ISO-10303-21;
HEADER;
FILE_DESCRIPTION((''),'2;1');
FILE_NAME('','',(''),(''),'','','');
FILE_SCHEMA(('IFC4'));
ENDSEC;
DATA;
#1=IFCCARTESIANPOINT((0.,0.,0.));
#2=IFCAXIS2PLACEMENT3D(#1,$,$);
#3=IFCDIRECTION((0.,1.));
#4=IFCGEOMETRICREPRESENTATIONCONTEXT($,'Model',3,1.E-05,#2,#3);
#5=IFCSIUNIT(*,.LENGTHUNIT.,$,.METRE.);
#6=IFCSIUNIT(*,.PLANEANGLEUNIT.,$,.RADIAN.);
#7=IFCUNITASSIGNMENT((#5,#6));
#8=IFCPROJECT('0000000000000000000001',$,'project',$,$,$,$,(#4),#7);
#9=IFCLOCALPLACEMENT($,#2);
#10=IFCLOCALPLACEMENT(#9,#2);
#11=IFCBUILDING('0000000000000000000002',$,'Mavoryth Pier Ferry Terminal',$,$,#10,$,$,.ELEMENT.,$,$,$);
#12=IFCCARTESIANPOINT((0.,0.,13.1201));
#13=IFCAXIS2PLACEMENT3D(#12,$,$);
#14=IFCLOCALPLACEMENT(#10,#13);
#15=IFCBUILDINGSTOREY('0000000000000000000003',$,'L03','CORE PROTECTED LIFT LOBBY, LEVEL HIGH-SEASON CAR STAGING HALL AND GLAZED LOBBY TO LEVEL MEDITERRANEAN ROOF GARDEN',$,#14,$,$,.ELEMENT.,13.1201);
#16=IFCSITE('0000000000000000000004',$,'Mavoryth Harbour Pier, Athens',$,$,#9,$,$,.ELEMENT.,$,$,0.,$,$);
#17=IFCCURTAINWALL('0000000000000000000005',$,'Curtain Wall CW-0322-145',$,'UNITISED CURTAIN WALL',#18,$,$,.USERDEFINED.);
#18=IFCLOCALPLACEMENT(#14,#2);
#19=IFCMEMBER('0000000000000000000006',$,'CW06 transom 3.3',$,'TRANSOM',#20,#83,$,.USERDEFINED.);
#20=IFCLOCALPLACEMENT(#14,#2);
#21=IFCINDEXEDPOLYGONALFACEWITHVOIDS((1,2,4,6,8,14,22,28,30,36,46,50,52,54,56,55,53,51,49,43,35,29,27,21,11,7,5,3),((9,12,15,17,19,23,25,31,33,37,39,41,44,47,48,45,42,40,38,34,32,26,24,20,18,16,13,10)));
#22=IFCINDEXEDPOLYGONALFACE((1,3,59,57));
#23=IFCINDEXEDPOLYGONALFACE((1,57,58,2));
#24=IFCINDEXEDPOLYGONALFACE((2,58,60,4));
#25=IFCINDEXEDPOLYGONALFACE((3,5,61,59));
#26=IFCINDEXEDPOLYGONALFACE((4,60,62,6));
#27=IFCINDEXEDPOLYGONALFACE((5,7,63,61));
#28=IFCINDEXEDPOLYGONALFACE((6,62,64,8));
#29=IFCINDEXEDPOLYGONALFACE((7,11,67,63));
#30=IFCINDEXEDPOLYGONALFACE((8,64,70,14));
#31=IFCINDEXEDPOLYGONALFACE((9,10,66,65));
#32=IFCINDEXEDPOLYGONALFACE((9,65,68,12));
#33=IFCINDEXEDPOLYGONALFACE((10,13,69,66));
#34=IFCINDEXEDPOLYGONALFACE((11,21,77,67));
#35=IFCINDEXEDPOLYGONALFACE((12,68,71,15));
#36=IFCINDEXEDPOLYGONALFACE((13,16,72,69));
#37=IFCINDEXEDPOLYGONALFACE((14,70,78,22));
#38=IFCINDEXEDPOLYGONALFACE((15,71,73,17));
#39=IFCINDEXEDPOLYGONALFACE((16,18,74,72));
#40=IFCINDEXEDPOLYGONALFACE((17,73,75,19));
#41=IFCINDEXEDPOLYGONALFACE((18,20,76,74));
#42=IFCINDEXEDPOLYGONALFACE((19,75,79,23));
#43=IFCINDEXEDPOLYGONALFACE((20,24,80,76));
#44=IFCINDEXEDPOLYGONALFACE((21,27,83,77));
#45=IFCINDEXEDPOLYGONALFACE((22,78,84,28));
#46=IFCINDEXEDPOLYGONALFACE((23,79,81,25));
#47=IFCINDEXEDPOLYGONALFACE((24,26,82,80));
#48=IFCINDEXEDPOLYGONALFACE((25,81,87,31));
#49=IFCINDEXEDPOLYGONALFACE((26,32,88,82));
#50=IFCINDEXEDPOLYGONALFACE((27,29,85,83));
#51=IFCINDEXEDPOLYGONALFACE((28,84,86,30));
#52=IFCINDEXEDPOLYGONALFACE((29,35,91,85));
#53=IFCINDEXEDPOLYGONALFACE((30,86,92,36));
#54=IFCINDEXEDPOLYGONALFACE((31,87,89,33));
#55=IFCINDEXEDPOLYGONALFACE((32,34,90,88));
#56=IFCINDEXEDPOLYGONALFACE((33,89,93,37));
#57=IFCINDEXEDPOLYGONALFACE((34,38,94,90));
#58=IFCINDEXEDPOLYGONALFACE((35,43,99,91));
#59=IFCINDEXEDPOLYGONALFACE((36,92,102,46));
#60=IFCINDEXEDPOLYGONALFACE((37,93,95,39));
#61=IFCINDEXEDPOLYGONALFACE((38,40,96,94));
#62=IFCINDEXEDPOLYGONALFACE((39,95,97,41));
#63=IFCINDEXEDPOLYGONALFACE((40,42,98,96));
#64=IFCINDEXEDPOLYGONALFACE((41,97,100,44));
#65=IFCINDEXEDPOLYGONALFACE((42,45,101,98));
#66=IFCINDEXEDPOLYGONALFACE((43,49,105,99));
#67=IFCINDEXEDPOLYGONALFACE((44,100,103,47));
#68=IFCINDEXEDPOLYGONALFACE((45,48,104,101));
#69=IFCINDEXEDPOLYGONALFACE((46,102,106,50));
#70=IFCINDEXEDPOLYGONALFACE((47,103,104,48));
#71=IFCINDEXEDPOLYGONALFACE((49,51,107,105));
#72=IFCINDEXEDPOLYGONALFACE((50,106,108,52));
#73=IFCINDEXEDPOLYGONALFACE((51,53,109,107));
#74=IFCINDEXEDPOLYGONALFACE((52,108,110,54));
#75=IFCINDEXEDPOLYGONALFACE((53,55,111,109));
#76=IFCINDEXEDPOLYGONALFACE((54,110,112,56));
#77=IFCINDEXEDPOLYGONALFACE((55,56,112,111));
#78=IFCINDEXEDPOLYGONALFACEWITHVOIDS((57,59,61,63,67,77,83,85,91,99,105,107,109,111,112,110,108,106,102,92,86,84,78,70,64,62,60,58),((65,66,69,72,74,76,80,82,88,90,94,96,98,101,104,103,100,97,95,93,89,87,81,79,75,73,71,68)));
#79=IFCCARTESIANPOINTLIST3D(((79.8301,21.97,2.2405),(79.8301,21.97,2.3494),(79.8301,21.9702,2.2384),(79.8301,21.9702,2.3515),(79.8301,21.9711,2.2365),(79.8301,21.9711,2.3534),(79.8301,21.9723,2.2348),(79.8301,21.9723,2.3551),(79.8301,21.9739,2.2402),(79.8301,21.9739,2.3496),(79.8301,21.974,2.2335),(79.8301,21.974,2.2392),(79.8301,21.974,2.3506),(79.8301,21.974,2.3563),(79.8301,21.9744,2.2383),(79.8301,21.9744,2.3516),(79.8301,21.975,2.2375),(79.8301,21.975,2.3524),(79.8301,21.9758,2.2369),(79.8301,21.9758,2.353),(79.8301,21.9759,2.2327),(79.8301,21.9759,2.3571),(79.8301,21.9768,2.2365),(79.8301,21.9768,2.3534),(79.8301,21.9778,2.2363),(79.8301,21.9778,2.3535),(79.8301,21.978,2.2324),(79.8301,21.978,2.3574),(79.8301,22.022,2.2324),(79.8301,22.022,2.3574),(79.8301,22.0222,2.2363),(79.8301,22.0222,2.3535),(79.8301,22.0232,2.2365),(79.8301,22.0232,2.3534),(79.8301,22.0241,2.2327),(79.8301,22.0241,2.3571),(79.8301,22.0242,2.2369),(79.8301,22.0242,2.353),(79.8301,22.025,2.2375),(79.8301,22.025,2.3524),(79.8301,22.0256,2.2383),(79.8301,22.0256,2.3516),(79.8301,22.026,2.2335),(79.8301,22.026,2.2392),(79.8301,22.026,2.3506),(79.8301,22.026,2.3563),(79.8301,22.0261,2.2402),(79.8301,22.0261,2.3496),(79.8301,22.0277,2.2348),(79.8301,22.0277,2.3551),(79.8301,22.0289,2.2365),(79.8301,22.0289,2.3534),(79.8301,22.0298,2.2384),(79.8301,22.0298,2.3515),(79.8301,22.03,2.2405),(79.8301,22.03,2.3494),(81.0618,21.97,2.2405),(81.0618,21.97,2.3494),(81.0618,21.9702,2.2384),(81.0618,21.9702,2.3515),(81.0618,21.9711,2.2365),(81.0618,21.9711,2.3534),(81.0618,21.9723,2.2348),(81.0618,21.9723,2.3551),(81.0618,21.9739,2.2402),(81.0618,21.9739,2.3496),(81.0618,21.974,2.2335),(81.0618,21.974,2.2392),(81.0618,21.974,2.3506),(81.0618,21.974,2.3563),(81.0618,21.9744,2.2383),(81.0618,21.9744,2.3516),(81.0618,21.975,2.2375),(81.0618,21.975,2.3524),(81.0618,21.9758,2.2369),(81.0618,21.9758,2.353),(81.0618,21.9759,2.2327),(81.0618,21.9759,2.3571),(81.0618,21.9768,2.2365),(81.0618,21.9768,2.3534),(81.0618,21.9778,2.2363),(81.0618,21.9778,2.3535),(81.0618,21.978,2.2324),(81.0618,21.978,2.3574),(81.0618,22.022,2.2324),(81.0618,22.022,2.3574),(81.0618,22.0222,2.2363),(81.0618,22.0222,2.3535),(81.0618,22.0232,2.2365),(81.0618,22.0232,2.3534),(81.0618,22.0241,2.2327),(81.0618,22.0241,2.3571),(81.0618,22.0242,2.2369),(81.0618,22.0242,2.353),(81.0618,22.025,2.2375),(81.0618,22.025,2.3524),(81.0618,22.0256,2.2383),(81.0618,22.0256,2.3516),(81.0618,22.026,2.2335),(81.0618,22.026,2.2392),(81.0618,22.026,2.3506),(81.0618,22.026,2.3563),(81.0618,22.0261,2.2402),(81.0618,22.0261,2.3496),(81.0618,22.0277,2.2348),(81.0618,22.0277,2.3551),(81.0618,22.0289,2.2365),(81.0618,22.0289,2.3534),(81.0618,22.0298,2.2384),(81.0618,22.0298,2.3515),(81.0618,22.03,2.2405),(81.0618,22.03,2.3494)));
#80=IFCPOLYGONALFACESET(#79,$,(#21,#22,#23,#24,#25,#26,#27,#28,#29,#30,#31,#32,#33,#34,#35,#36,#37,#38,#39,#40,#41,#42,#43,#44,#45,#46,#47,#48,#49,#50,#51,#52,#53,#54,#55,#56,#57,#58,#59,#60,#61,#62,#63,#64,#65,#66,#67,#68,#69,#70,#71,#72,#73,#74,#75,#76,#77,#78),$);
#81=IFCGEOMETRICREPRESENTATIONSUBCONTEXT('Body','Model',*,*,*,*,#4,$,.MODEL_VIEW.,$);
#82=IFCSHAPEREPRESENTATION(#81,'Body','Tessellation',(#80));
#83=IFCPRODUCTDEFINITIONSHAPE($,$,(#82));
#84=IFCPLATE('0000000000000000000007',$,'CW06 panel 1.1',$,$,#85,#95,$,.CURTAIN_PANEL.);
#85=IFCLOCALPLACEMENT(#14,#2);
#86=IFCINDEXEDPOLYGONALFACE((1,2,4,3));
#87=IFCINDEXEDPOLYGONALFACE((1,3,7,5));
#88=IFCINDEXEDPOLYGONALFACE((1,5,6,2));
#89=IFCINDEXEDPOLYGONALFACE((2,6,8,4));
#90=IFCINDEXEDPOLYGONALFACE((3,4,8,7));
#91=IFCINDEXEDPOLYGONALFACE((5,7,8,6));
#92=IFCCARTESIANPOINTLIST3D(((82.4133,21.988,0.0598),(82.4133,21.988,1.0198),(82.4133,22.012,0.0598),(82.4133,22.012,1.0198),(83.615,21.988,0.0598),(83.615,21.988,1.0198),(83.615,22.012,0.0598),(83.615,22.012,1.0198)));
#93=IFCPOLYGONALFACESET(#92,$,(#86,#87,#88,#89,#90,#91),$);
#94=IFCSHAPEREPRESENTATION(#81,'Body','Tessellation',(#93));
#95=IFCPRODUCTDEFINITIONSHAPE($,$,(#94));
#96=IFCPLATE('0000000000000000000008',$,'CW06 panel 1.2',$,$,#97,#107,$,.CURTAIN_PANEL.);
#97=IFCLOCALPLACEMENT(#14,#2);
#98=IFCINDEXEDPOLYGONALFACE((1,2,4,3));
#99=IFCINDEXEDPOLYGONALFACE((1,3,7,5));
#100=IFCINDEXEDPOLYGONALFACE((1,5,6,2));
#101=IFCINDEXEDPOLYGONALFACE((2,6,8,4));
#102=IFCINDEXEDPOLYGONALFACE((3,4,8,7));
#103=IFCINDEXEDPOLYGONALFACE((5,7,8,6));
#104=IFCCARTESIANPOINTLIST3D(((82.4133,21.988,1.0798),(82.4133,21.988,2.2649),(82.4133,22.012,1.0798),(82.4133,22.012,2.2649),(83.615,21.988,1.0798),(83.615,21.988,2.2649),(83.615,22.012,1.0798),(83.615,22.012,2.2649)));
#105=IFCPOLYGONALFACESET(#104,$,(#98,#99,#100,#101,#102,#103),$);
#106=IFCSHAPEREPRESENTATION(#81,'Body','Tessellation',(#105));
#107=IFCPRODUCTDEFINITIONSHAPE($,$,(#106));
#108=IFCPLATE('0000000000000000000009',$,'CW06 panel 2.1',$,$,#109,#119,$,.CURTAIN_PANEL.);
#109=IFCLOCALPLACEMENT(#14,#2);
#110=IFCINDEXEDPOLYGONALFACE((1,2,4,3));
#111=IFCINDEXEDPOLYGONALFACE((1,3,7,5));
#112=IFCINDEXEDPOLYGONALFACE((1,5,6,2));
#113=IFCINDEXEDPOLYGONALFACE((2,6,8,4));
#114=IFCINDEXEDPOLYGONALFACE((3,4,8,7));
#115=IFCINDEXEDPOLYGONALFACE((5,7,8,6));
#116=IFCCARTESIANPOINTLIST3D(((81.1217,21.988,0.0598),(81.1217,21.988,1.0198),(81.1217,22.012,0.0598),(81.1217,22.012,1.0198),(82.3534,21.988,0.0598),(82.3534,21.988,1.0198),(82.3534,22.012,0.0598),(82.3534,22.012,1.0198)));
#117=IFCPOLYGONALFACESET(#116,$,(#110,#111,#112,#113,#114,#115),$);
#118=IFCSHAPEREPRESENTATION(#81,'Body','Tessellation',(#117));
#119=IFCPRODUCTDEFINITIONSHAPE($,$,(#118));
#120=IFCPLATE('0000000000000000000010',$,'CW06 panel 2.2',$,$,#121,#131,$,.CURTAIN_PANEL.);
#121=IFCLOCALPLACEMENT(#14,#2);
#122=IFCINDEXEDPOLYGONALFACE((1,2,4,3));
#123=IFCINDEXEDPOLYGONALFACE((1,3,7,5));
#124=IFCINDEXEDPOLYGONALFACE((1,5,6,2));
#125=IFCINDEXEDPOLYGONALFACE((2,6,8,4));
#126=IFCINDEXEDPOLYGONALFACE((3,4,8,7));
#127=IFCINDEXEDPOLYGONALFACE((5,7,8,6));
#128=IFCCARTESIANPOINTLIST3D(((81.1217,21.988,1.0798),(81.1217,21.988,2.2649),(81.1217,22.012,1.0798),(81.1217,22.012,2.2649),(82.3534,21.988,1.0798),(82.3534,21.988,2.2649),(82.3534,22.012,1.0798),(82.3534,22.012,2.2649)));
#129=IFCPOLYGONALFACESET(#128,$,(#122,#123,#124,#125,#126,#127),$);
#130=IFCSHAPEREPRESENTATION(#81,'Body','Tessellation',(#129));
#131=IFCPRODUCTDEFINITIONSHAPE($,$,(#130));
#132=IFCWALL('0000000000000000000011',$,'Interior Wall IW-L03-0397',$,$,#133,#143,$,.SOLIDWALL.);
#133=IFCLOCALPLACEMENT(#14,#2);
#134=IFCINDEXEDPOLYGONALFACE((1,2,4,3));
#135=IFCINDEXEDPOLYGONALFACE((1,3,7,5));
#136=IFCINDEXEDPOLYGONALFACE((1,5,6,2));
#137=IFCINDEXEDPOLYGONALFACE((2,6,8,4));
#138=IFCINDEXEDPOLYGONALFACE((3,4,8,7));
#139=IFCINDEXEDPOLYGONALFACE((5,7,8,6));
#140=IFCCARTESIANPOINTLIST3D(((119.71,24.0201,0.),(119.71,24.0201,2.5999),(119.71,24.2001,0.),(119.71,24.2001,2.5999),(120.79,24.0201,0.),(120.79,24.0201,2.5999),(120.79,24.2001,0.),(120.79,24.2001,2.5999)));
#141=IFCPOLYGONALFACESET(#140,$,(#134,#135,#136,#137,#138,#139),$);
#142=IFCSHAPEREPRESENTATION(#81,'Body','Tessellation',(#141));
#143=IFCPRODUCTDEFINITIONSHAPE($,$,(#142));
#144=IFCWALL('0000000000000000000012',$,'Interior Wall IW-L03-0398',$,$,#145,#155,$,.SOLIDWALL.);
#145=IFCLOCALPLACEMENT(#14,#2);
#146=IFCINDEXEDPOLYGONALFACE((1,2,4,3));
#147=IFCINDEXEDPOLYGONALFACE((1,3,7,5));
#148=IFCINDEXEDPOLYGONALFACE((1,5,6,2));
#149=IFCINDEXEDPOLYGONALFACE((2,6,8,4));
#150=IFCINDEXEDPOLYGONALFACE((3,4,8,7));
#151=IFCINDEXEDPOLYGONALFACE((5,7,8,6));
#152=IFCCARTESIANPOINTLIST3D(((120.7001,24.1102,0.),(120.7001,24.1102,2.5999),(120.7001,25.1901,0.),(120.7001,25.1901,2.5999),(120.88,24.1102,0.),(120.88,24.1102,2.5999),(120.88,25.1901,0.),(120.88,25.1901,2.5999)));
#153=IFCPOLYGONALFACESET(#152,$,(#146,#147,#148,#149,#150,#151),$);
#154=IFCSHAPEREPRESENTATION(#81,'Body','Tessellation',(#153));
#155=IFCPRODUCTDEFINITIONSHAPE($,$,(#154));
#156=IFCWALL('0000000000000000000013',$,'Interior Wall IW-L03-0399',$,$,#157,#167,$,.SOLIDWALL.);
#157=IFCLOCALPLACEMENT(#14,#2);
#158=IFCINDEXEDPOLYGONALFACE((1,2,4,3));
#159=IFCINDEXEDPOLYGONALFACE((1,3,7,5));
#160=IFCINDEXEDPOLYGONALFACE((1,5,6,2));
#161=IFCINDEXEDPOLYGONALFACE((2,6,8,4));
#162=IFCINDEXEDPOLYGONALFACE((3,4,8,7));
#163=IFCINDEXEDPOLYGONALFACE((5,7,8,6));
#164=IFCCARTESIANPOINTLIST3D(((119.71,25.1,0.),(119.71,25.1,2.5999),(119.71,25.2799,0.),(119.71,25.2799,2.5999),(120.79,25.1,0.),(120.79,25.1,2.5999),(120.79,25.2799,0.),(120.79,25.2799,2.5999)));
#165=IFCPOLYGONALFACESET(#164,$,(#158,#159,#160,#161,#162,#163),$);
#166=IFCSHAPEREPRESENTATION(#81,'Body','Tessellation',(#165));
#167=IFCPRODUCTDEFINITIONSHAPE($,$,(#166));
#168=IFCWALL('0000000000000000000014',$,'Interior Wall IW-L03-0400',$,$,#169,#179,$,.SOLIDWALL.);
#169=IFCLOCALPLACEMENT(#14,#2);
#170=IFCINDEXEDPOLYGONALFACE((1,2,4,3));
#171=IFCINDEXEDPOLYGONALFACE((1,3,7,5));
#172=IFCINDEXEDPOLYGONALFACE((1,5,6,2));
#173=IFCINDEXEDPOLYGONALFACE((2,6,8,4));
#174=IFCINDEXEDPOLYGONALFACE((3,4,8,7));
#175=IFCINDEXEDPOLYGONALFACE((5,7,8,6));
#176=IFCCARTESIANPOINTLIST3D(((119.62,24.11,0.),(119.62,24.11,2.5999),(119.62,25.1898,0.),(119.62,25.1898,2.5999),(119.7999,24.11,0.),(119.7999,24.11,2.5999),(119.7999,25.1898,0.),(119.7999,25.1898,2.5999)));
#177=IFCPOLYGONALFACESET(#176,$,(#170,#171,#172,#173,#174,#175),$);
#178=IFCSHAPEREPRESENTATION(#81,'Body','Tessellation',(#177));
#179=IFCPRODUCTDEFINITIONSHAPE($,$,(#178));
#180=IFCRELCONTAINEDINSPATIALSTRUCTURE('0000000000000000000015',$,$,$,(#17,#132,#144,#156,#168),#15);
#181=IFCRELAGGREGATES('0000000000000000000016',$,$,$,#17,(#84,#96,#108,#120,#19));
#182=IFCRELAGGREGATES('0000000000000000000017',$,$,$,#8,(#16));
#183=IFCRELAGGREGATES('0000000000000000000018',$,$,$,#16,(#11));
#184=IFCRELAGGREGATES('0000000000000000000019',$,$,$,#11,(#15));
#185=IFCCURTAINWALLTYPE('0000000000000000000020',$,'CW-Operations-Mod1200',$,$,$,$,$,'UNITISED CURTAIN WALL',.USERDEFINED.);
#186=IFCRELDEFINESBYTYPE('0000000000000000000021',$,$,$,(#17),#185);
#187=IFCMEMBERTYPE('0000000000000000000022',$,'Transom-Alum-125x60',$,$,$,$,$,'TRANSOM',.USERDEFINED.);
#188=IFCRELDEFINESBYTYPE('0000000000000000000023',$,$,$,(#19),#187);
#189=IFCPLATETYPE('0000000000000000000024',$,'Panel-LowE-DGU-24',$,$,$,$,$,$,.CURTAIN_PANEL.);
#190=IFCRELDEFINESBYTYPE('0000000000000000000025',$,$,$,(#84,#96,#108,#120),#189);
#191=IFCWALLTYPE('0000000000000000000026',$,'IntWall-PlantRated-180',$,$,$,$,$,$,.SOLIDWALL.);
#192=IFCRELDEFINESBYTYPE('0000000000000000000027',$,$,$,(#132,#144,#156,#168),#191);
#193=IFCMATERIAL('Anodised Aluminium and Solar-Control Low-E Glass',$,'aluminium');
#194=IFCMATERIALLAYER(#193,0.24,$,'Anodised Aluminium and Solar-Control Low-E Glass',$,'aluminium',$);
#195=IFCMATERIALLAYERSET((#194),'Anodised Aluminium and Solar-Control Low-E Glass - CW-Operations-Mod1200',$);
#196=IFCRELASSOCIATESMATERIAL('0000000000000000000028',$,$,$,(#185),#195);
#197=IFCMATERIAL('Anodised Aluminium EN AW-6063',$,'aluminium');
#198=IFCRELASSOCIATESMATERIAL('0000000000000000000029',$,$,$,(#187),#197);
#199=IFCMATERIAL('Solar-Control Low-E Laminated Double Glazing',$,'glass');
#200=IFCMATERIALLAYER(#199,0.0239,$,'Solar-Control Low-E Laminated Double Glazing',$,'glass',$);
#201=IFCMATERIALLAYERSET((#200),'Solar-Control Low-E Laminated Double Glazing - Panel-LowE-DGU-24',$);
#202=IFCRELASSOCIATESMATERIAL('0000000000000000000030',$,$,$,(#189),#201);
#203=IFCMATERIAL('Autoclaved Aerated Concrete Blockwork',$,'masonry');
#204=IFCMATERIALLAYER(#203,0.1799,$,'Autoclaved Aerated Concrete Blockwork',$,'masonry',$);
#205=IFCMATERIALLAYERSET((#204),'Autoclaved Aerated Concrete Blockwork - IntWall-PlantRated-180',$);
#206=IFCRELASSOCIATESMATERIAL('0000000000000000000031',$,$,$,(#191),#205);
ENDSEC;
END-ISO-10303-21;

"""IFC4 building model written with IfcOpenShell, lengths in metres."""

from ifc_helpers import new_model, si_unit, direction, frame, frame_2d, origin, origin_2d, place, context, subcontext, project, spatial, rectangle, hollow_rectangle, extrude, material, layer, layer_set, material_profile, profile_set, type_object, element, aggregate, save


model = new_model("IFC4")

# Units and contexts
model_context = context("Model", 3, precision=1e-05, world=origin(), true_north=direction((0.0, 1.0)))
body_context = subcontext(model_context, "Body", "Model", "MODEL_VIEW")
ifc_project = project(units=[si_unit("LENGTHUNIT", "METRE"), si_unit("PLANEANGLEUNIT", "RADIAN")], contexts=[model_context])

# Site, building, storey
site_placement = place(None, origin())
site = spatial("IfcSite", under=ifc_project, at=site_placement, Name="Mavoryth Harbour Pier, Athens", CompositionType="ELEMENT", RefElevation=0.0)
building_placement = place(site_placement, origin())
building = spatial("IfcBuilding", under=site, at=building_placement, Name="Mavoryth Pier Ferry Terminal", CompositionType="ELEMENT")
storey_placement = place(building_placement, frame((0.0, 0.0, 13.1201)))
storey = spatial("IfcBuildingStorey", under=building, at=storey_placement, Name="L03", Description="CORE PROTECTED LIFT LOBBY, LEVEL HIGH-SEASON CAR STAGING HALL AND GLAZED LOBBY TO LEVEL MEDITERRANEAN ROOF GARDEN", CompositionType="ELEMENT", Elevation=13.1201)

# Curtain wall
ifc_material_1 = material(Name="Anodised Aluminium and Solar-Control Low-E Glass", Category="aluminium")
ifc_layer_1 = layer(ifc_material_1, 0.24, Name="Anodised Aluminium and Solar-Control Low-E Glass", Category="aluminium")
ifc_layer_set_1 = layer_set([ifc_layer_1], Name="Anodised Aluminium and Solar-Control Low-E Glass - CW-Operations-Mod1200")
curtain_wall_type = type_object("IfcCurtainWallType", Name="CW-Operations-Mod1200", ElementType="UNITISED CURTAIN WALL", PredefinedType="USERDEFINED", material=ifc_layer_set_1)
curtain_wall_placement = place(storey_placement, origin())
curtain_wall = element("IfcCurtainWall", 1, at=curtain_wall_placement, inside=storey, type_object=curtain_wall_type, Name="Curtain Wall CW-0322-145", ObjectType="UNITISED CURTAIN WALL", PredefinedType="USERDEFINED")
ifc_material_2 = material(Name="Anodised Aluminium EN AW-6063", Category="aluminium")

# Member
ifc_material_profile_1 = material_profile(ifc_material_2, hollow_rectangle(XDim=0.0601, YDim=0.125, WallThickness=0.0039, InnerFilletRadius=0.0039, OuterFilletRadius=0.0081, at=origin_2d()), Name="AL-TRAN 125x60x4", Category="aluminium")
ifc_profile_set_1 = profile_set([ifc_material_profile_1], Name="Anodised Aluminium EN AW-6063 - AL-TRAN 125x60x4")
member_type_1 = type_object("IfcMemberType", Name="Transom-Alum-125x60", ElementType="TRANSOM", PredefinedType="USERDEFINED", material=ifc_profile_set_1)
member_1_placement = place(storey_placement, frame((81.0618, 22.0, 2.2949), z_axis=(-1.0, 0.0, 0.0), x_axis=(0.0, -1.0, 0.0)))
member_1 = element("IfcMember", 2, at=member_1_placement, type_object=member_type_1, Name="CW06 transom 3.3", ObjectType="TRANSOM", PredefinedType="USERDEFINED", context=body_context, shape_type="SweptSolid", body=[
    extrude(hollow_rectangle(XDim=0.0601, YDim=0.125, WallThickness=0.0039, InnerFilletRadius=0.0039, OuterFilletRadius=0.0081, at=origin_2d()), origin(), (0.0, 0.0, 1.0), 1.2317),
])

# Plates
ifc_material_3 = material(Name="Solar-Control Low-E Laminated Double Glazing", Category="glass")
ifc_layer_2 = layer(ifc_material_3, 0.0239, Name="Solar-Control Low-E Laminated Double Glazing", Category="glass")
ifc_layer_set_2 = layer_set([ifc_layer_2], Name="Solar-Control Low-E Laminated Double Glazing - Panel-LowE-DGU-24")
plate_type = type_object("IfcPlateType", Name="Panel-LowE-DGU-24", PredefinedType="CURTAIN_PANEL", material=ifc_layer_set_2)
plate_1_placement = place(storey_placement, frame((83.0142, 22.0, 0.0598), z_axis=(0.0, 0.0, 1.0), x_axis=(-1.0, 0.0, 0.0)))
plate_1 = element("IfcPlate", 3, at=plate_1_placement, type_object=plate_type, Name="CW06 panel 1.1", PredefinedType="CURTAIN_PANEL", context=body_context, shape_type="SweptSolid", body=[
    extrude(rectangle(XDim=1.2017, YDim=0.0239, at=origin_2d()), origin(), (0.0, 0.0, 1.0), 0.96),
])
plate_2_placement = place(storey_placement, frame((83.0142, 22.0, 1.0798), z_axis=(0.0, 0.0, 1.0), x_axis=(-1.0, 0.0, 0.0)))
plate_2 = element("IfcPlate", 4, at=plate_2_placement, type_object=plate_type, Name="CW06 panel 1.2", PredefinedType="CURTAIN_PANEL", context=body_context, shape_type="SweptSolid", body=[
    extrude(rectangle(XDim=1.2017, YDim=0.0239, at=origin_2d()), origin(), (0.0, 0.0, 1.0), 1.1851),
])
plate_3_placement = place(storey_placement, frame((81.7375, 22.0, 0.0598), z_axis=(0.0, 0.0, 1.0), x_axis=(-1.0, 0.0, 0.0)))
plate_3 = element("IfcPlate", 5, at=plate_3_placement, type_object=plate_type, Name="CW06 panel 2.1", PredefinedType="CURTAIN_PANEL", context=body_context, shape_type="SweptSolid", body=[
    extrude(rectangle(XDim=1.2317, YDim=0.0239, at=origin_2d()), origin(), (0.0, 0.0, 1.0), 0.96),
])
plate_4_placement = place(storey_placement, frame((81.7375, 22.0, 1.0798), z_axis=(0.0, 0.0, 1.0), x_axis=(-1.0, 0.0, 0.0)))
plate_4 = element("IfcPlate", 6, at=plate_4_placement, type_object=plate_type, Name="CW06 panel 2.2", PredefinedType="CURTAIN_PANEL", context=body_context, shape_type="SweptSolid", body=[
    extrude(rectangle(XDim=1.2317, YDim=0.0239, at=origin_2d()), origin(), (0.0, 0.0, 1.0), 1.1851),
])
aggregate(curtain_wall, [plate_1, plate_2, plate_3, plate_4, member_1])

# Walls
ifc_material_4 = material(Name="Autoclaved Aerated Concrete Blockwork", Category="masonry")
ifc_layer_3 = layer(ifc_material_4, 0.1799, Name="Autoclaved Aerated Concrete Blockwork", Category="masonry")
ifc_layer_set_3 = layer_set([ifc_layer_3], Name="Autoclaved Aerated Concrete Blockwork - IntWall-PlantRated-180")
wall_type = type_object("IfcWallType", Name="IntWall-PlantRated-180", PredefinedType="SOLIDWALL", material=ifc_layer_set_3)
wall_1_placement = place(storey_placement, frame((119.71, 24.1101, 0.0), z_axis=(0.0, 0.0, 1.0), x_axis=(1.0, 0.0, 0.0)))
element("IfcWall", 7, at=wall_1_placement, inside=storey, type_object=wall_type, Name="Interior Wall IW-L03-0397", PredefinedType="SOLIDWALL", context=body_context, shape_type="SweptSolid", body=[
    extrude(rectangle(XDim=1.0801, YDim=0.1799, at=frame_2d((0.54, 0.0))), origin(), (0.0, 0.0, 1.0), 2.5999),
])
wall_2_placement = place(storey_placement, frame((120.79, 24.1101, 0.0), z_axis=(0.0, 0.0, 1.0), x_axis=(0.0, 1.0, 0.0)))
element("IfcWall", 8, at=wall_2_placement, inside=storey, type_object=wall_type, Name="Interior Wall IW-L03-0398", PredefinedType="SOLIDWALL", context=body_context, shape_type="SweptSolid", body=[
    extrude(rectangle(XDim=1.0798, YDim=0.1799, at=frame_2d((0.54, 0.0))), origin(), (0.0, 0.0, 1.0), 2.5999),
])
wall_3_placement = place(storey_placement, frame((120.79, 25.1899, 0.0), z_axis=(0.0, 0.0, 1.0), x_axis=(-1.0, 0.0, 0.0)))
element("IfcWall", 9, at=wall_3_placement, inside=storey, type_object=wall_type, Name="Interior Wall IW-L03-0399", PredefinedType="SOLIDWALL", context=body_context, shape_type="SweptSolid", body=[
    extrude(rectangle(XDim=1.0801, YDim=0.1799, at=frame_2d((0.54, 0.0))), origin(), (0.0, 0.0, 1.0), 2.5999),
])
wall_4_placement = place(storey_placement, frame((119.71, 25.1899, 0.0), z_axis=(0.0, 0.0, 1.0), x_axis=(0.0, -1.0, 0.0)))
element("IfcWall", 10, at=wall_4_placement, inside=storey, type_object=wall_type, Name="Interior Wall IW-L03-0400", PredefinedType="SOLIDWALL", context=body_context, shape_type="SweptSolid", body=[
    extrude(rectangle(XDim=1.0798, YDim=0.1799, at=frame_2d((0.54, 0.0))), origin(), (0.0, 0.0, 1.0), 2.5999),
])

save(model, "model.ifc")
